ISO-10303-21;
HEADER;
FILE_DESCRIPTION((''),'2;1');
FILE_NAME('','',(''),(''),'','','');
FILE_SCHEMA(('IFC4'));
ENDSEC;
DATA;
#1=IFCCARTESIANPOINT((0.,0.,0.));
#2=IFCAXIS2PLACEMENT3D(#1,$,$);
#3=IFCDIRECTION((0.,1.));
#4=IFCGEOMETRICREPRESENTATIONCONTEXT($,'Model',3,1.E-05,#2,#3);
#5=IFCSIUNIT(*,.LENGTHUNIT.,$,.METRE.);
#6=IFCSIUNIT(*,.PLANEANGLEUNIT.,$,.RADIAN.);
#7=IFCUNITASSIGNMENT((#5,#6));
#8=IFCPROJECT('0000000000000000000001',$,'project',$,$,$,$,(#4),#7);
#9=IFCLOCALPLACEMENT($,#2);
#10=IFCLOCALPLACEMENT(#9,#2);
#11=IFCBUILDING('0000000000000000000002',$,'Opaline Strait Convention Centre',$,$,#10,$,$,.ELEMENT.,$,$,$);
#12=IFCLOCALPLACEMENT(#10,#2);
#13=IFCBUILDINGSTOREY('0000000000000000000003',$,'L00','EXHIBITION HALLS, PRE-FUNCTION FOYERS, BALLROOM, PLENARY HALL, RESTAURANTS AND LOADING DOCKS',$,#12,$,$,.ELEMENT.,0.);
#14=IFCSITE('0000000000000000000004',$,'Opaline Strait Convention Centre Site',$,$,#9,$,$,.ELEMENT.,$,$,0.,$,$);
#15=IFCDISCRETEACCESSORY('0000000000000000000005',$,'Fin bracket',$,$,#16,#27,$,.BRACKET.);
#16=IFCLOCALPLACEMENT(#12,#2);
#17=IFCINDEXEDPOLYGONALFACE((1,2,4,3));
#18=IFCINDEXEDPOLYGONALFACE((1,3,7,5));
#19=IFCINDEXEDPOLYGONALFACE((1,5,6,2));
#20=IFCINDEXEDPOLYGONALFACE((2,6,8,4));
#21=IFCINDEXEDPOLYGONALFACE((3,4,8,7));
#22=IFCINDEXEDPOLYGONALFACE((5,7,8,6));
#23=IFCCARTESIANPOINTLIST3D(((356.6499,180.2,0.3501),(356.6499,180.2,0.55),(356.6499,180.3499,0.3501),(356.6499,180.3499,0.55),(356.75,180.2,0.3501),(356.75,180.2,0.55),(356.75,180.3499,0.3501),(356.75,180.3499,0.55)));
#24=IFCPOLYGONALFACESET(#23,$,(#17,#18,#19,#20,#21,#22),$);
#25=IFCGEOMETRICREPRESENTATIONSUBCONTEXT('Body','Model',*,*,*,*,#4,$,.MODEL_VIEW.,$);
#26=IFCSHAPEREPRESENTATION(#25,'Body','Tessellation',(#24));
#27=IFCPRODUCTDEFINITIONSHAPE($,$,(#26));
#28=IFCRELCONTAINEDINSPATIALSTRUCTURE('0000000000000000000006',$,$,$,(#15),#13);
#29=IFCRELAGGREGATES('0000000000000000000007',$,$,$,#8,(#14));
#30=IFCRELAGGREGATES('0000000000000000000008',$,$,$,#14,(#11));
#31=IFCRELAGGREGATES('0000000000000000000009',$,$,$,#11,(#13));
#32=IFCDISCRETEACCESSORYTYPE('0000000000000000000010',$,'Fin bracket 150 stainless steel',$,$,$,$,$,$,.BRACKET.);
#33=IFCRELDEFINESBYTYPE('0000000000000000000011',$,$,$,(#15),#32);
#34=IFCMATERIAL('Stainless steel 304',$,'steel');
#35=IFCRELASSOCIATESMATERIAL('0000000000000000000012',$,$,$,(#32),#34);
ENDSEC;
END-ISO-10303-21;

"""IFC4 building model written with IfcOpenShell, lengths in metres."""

from ifc_helpers import new_model, si_unit, direction, frame, origin, origin_2d, place, context, subcontext, project, spatial, rectangle, extrude, material, type_object, element, save


model = new_model("IFC4")

# Units and contexts
model_context = context("Model", 3, precision=1e-05, world=origin(), true_north=direction((0.0, 1.0)))
body_context = subcontext(model_context, "Body", "Model", "MODEL_VIEW")
ifc_project = project(units=[si_unit("LENGTHUNIT", "METRE"), si_unit("PLANEANGLEUNIT", "RADIAN")], contexts=[model_context])

# Site, building, storey
site_placement = place(None, origin())
site = spatial("IfcSite", under=ifc_project, at=site_placement, Name="Opaline Strait Convention Centre Site", CompositionType="ELEMENT", RefElevation=0.0)
building_placement = place(site_placement, origin())
building = spatial("IfcBuilding", under=site, at=building_placement, Name="Opaline Strait Convention Centre", CompositionType="ELEMENT")
storey_placement = place(building_placement, origin())
storey = spatial("IfcBuildingStorey", under=building, at=storey_placement, Name="L00", Description="EXHIBITION HALLS, PRE-FUNCTION FOYERS, BALLROOM, PLENARY HALL, RESTAURANTS AND LOADING DOCKS", CompositionType="ELEMENT", Elevation=0.0)

# Shared definitions
ifc_material_1 = material(Name="Stainless steel 304", Category="steel")

# Discrete accessory
discrete_accessory_type = type_object("IfcDiscreteAccessoryType", Name="Fin bracket 150 stainless steel", PredefinedType="BRACKET", material=ifc_material_1)
for number, where, z_axis, x_axis, name in (
    (1, (356.7, 180.2749, 0.3501), (0.0, 0.0, 1.0), (1.0, 0.0, 0.0), "Fin bracket"),
):
    element("IfcDiscreteAccessory", number, at=place(storey_placement, frame(where, z_axis=z_axis, x_axis=x_axis)), inside=storey, type_object=discrete_accessory_type, Name=name, PredefinedType="BRACKET", context=body_context, shape_type="SweptSolid", body=[
        extrude(rectangle(XDim=0.1001, YDim=0.1499, at=origin_2d()), origin(), (0.0, 0.0, 1.0), 0.2),
    ])

save(model, "model.ifc")
